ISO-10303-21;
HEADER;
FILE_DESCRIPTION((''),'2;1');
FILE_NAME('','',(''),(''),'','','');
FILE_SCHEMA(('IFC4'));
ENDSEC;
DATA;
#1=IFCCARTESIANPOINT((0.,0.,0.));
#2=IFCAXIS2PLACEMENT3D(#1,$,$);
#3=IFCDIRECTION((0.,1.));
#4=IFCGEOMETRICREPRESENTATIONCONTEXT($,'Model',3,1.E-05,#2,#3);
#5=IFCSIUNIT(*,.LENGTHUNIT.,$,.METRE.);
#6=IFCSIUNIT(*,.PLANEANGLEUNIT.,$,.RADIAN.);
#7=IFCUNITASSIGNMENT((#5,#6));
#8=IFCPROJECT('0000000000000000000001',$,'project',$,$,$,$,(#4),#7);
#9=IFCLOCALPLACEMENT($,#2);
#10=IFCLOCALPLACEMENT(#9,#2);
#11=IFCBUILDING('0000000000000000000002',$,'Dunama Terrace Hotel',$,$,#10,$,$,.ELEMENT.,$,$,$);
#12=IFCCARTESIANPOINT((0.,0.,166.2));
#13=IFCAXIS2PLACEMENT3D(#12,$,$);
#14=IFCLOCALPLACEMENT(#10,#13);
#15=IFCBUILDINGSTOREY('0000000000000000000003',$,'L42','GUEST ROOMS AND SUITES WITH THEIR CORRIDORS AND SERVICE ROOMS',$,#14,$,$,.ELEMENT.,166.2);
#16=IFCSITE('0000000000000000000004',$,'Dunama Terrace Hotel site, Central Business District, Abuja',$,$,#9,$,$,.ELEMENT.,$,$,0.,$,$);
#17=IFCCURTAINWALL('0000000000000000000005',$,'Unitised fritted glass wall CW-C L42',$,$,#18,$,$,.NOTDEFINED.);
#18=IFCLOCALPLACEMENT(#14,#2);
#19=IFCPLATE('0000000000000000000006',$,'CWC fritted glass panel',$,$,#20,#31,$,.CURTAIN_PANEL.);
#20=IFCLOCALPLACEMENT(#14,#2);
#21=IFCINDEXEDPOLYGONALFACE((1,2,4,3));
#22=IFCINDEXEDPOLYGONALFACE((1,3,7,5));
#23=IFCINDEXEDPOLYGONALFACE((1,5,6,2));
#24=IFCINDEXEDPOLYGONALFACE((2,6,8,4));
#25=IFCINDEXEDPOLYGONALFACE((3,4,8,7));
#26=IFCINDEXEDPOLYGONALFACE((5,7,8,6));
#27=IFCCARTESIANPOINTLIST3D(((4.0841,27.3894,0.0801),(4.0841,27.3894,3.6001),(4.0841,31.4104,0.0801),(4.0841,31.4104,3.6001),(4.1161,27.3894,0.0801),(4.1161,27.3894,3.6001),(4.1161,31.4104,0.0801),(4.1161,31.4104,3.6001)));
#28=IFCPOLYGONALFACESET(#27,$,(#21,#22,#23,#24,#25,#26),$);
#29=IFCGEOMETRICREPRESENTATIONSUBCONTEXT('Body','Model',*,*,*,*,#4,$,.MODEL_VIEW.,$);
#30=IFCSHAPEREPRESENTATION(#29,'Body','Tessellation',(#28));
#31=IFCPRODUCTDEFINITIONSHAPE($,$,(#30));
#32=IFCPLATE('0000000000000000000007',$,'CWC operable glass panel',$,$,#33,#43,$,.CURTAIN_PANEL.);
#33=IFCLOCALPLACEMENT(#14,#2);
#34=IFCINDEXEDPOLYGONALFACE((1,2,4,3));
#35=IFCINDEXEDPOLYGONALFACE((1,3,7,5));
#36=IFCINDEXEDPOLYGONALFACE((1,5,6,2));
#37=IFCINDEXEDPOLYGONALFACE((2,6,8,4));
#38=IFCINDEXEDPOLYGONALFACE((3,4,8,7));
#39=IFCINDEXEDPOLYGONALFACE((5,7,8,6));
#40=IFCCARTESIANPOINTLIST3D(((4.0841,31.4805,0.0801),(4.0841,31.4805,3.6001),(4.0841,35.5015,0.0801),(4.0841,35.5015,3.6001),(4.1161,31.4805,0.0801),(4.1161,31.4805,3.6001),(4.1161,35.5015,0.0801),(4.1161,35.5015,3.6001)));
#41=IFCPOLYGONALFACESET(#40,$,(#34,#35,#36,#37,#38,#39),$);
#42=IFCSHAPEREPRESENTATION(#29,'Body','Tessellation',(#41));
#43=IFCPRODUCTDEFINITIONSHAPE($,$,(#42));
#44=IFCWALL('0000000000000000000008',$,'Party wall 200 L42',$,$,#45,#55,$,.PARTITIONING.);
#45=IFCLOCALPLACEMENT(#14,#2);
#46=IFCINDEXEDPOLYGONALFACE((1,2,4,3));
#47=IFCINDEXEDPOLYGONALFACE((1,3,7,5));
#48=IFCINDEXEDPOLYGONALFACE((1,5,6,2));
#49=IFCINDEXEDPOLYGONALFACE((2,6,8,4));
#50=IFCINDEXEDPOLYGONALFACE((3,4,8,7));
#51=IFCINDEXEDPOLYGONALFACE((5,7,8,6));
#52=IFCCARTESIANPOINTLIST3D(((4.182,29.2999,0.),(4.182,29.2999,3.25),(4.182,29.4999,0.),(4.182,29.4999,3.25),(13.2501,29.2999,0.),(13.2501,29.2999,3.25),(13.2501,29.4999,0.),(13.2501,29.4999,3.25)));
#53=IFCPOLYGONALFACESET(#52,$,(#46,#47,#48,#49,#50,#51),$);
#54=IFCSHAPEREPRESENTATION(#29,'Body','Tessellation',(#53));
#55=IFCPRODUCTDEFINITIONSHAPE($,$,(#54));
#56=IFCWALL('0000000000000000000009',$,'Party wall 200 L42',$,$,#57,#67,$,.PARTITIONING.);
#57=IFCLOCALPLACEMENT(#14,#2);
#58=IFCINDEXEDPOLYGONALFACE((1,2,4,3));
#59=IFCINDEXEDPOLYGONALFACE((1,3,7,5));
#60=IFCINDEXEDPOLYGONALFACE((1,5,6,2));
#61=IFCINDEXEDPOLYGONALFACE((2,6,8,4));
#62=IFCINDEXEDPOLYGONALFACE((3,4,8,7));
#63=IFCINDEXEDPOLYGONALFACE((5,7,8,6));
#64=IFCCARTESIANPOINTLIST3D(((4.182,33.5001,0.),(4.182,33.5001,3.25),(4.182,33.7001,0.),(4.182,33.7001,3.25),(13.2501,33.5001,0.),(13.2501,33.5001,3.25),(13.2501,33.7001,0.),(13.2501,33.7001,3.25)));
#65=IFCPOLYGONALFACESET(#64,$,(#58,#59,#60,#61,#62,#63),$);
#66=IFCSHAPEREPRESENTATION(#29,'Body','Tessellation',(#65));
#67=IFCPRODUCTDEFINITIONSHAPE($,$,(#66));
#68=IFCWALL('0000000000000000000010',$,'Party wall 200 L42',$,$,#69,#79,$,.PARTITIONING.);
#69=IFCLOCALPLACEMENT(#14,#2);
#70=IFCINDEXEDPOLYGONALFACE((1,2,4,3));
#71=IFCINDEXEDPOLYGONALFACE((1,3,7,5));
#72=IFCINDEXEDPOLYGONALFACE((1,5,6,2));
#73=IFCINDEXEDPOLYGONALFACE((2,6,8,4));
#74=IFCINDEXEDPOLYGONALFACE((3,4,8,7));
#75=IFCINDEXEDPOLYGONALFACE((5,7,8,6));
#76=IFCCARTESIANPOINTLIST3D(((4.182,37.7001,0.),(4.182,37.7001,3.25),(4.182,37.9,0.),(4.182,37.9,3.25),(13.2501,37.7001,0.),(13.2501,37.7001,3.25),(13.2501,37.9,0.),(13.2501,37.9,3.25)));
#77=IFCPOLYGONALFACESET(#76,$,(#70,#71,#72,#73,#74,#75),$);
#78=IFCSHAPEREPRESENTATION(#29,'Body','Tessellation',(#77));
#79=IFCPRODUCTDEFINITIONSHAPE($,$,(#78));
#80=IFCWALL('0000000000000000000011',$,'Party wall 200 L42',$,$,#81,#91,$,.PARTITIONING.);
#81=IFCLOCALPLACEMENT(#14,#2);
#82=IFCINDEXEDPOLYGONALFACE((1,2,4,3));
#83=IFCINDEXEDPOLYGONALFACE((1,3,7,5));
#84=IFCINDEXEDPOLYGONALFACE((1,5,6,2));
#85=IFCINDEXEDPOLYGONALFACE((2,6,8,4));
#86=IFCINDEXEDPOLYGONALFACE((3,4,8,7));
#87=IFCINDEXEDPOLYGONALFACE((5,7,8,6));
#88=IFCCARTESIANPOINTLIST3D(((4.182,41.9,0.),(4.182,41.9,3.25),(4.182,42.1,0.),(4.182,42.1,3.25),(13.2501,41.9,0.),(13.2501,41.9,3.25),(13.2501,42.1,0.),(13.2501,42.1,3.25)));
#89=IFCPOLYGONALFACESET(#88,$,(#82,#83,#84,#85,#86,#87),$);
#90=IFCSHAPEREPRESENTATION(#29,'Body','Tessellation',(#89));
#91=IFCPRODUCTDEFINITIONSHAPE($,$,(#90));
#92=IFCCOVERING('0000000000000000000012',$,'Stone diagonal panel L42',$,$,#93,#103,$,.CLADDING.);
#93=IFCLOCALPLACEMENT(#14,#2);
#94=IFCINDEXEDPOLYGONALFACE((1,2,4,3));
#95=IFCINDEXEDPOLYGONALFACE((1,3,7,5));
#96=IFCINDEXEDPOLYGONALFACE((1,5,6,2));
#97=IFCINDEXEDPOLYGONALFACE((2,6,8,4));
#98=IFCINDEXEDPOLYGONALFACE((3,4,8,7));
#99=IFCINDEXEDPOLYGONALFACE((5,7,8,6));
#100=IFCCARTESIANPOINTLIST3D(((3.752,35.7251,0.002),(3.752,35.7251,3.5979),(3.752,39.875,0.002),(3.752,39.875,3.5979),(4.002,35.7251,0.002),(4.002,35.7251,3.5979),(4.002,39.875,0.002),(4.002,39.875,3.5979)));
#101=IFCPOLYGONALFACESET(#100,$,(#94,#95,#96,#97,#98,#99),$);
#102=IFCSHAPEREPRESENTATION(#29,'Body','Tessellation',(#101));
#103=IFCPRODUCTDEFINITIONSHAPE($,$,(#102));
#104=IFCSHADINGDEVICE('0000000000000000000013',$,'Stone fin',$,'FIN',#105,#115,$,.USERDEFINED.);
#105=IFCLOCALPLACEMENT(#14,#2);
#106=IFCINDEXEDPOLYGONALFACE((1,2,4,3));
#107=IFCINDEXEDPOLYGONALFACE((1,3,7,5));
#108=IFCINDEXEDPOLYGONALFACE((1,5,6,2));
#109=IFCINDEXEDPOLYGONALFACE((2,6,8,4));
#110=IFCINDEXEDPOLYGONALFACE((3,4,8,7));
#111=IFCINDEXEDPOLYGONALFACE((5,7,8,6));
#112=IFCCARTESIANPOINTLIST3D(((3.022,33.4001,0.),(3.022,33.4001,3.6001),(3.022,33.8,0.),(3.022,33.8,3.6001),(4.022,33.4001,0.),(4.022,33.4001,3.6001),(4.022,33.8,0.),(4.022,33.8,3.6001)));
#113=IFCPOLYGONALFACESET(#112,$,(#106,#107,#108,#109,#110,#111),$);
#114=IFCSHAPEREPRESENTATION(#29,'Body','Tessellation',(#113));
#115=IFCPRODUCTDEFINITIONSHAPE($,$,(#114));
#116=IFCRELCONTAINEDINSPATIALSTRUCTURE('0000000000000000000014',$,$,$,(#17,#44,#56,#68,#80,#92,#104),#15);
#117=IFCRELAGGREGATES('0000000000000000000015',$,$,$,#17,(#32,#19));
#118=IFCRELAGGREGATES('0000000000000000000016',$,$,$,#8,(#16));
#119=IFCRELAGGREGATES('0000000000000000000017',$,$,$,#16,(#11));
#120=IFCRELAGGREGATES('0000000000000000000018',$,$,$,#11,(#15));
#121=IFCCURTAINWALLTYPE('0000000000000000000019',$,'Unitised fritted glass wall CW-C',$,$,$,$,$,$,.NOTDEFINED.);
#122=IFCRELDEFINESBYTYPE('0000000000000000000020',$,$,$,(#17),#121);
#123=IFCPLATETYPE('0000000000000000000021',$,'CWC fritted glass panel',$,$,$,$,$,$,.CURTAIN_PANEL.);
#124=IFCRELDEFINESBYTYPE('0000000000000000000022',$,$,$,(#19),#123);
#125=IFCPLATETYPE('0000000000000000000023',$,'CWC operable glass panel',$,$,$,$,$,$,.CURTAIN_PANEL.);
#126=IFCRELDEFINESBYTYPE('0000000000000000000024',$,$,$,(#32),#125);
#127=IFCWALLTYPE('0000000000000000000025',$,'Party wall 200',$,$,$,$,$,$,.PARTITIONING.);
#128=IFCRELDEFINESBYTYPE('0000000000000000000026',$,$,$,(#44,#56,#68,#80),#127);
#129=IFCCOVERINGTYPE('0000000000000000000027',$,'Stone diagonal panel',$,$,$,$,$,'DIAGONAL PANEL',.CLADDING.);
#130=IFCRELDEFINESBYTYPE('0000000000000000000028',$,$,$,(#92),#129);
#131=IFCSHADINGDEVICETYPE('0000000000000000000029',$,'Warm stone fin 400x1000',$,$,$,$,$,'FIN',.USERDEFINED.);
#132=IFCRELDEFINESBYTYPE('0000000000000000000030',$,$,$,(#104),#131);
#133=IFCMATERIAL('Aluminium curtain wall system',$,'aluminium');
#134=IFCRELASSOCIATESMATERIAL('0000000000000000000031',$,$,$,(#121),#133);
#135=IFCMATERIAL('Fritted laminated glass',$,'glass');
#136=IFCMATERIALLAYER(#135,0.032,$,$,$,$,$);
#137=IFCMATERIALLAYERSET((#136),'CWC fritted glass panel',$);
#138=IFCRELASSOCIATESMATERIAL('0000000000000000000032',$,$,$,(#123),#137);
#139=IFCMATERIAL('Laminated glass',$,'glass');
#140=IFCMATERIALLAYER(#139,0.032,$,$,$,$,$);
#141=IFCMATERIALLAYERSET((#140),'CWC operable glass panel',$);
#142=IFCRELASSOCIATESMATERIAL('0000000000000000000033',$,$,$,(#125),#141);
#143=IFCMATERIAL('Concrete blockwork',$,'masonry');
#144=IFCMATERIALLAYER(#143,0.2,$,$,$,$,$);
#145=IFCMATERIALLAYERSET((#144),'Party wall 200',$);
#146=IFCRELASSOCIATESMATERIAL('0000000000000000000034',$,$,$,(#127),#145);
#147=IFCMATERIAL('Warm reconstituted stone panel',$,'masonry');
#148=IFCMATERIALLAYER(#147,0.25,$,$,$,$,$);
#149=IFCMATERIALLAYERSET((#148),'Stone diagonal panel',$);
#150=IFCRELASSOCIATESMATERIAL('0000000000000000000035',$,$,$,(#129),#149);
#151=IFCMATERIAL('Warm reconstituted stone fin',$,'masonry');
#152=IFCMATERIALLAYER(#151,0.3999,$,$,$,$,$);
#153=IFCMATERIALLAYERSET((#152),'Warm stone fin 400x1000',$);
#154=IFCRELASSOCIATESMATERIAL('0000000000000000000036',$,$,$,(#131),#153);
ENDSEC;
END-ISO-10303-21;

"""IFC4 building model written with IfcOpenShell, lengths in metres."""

from ifc_helpers import new_model, si_unit, direction, frame, frame_2d, origin, origin_2d, place, context, subcontext, project, spatial, rectangle, extrude, material, layer, layer_set, type_object, element, aggregate, save


model = new_model("IFC4")

# Units and contexts
model_context = context("Model", 3, precision=1e-05, world=origin(), true_north=direction((0.0, 1.0)))
body_context = subcontext(model_context, "Body", "Model", "MODEL_VIEW")
ifc_project = project(units=[si_unit("LENGTHUNIT", "METRE"), si_unit("PLANEANGLEUNIT", "RADIAN")], contexts=[model_context])

# Site, building, storey
site_placement = place(None, origin())
site = spatial("IfcSite", under=ifc_project, at=site_placement, Name="Dunama Terrace Hotel site, Central Business District, Abuja", CompositionType="ELEMENT", RefElevation=0.0)
building_placement = place(site_placement, origin())
building = spatial("IfcBuilding", under=site, at=building_placement, Name="Dunama Terrace Hotel", CompositionType="ELEMENT")
storey_placement = place(building_placement, frame((0.0, 0.0, 166.2)))
storey = spatial("IfcBuildingStorey", under=building, at=storey_placement, Name="L42", Description="GUEST ROOMS AND SUITES WITH THEIR CORRIDORS AND SERVICE ROOMS", CompositionType="ELEMENT", Elevation=166.2)

# Curtain wall, plates
ifc_material_1 = material(Name="Aluminium curtain wall system", Category="aluminium")
curtain_wall_type = type_object("IfcCurtainWallType", Name="Unitised fritted glass wall CW-C", PredefinedType="NOTDEFINED", material=ifc_material_1)
curtain_wall_placement = place(storey_placement, origin())
curtain_wall = element("IfcCurtainWall", 1, at=curtain_wall_placement, inside=storey, type_object=curtain_wall_type, Name="Unitised fritted glass wall CW-C L42", PredefinedType="NOTDEFINED")
ifc_material_2 = material(Name="Fritted laminated glass", Category="glass")
ifc_layer_1 = layer(ifc_material_2, 0.032)
ifc_layer_set_1 = layer_set([ifc_layer_1], Name="CWC fritted glass panel")
plate_type_1 = type_object("IfcPlateType", Name="CWC fritted glass panel", PredefinedType="CURTAIN_PANEL", material=ifc_layer_set_1)
plate_1_placement = place(storey_placement, frame((4.1001, 29.3999, 0.0801), z_axis=(0.0, 0.0, 1.0), x_axis=(0.0, -1.0, 0.0)))
plate_1 = element("IfcPlate", 2, at=plate_1_placement, type_object=plate_type_1, Name="CWC fritted glass panel", PredefinedType="CURTAIN_PANEL", context=body_context, shape_type="SweptSolid", body=[
    extrude(rectangle(XDim=4.021, YDim=0.032, at=origin_2d()), origin(), (0.0, 0.0, 1.0), 3.52),
])
ifc_material_3 = material(Name="Laminated glass", Category="glass")
ifc_layer_2 = layer(ifc_material_3, 0.032)
ifc_layer_set_2 = layer_set([ifc_layer_2], Name="CWC operable glass panel")
plate_type_2 = type_object("IfcPlateType", Name="CWC operable glass panel", PredefinedType="CURTAIN_PANEL", material=ifc_layer_set_2)
plate_2_placement = place(storey_placement, frame((4.1001, 33.491, 0.0801), z_axis=(0.0, 0.0, 1.0), x_axis=(0.0, -1.0, 0.0)))
plate_2 = element("IfcPlate", 3, at=plate_2_placement, type_object=plate_type_2, Name="CWC operable glass panel", PredefinedType="CURTAIN_PANEL", context=body_context, shape_type="SweptSolid", body=[
    extrude(rectangle(XDim=4.021, YDim=0.032, at=origin_2d()), origin(), (0.0, 0.0, 1.0), 3.52),
])
aggregate(curtain_wall, [plate_2, plate_1])

# Walls
ifc_material_4 = material(Name="Concrete blockwork", Category="masonry")
ifc_layer_3 = layer(ifc_material_4, 0.2)
ifc_layer_set_3 = layer_set([ifc_layer_3], Name="Party wall 200")
wall_type = type_object("IfcWallType", Name="Party wall 200", PredefinedType="PARTITIONING", material=ifc_layer_set_3)
for number, where, z_axis, x_axis, name in (
    (4, (4.1819, 29.3999, 0.0), (0.0, 0.0, 1.0), (1.0, 0.0, 0.0), "Party wall 200 L42"),
    (5, (4.1819, 33.6001, 0.0), (0.0, 0.0, 1.0), (1.0, 0.0, 0.0), "Party wall 200 L42"),
    (6, (4.1819, 37.8, 0.0), (0.0, 0.0, 1.0), (1.0, 0.0, 0.0), "Party wall 200 L42"),
    (7, (4.1819, 42.0, 0.0), (0.0, 0.0, 1.0), (1.0, 0.0, 0.0), "Party wall 200 L42"),
):
    element("IfcWall", number, at=place(storey_placement, frame(where, z_axis=z_axis, x_axis=x_axis)), inside=storey, type_object=wall_type, Name=name, PredefinedType="PARTITIONING", context=body_context, shape_type="SweptSolid", body=[
        extrude(rectangle(XDim=9.0681, YDim=0.2, at=frame_2d((4.5342, 0.0))), origin(), (0.0, 0.0, 1.0), 3.25),
    ])

# Covering
ifc_material_5 = material(Name="Warm reconstituted stone panel", Category="masonry")
ifc_layer_4 = layer(ifc_material_5, 0.25)
ifc_layer_set_4 = layer_set([ifc_layer_4], Name="Stone diagonal panel")
covering_type = type_object("IfcCoveringType", Name="Stone diagonal panel", ElementType="DIAGONAL PANEL", PredefinedType="CLADDING", material=ifc_layer_set_4)
covering_placement = place(storey_placement, frame((3.877, 37.8, 0.002), z_axis=(0.0, 0.0, 1.0), x_axis=(0.0, -1.0, 0.0)))
element("IfcCovering", 8, at=covering_placement, inside=storey, type_object=covering_type, Name="Stone diagonal panel L42", PredefinedType="CLADDING", context=body_context, shape_type="SweptSolid", body=[
    extrude(rectangle(XDim=4.1499, YDim=0.25, at=origin_2d()), origin(), (0.0, 0.0, 1.0), 3.5959),
])

# Shading device
ifc_material_6 = material(Name="Warm reconstituted stone fin", Category="masonry")
ifc_layer_5 = layer(ifc_material_6, 0.3999)
ifc_layer_set_5 = layer_set([ifc_layer_5], Name="Warm stone fin 400x1000")
shading_device_type = type_object("IfcShadingDeviceType", Name="Warm stone fin 400x1000", ElementType="FIN", PredefinedType="USERDEFINED", material=ifc_layer_set_5)
shading_device_placement = place(storey_placement, frame((3.522, 33.6001, 0.0), z_axis=(0.0, 0.0, 1.0), x_axis=(0.0, -1.0, 0.0)))
element("IfcShadingDevice", 9, at=shading_device_placement, inside=storey, type_object=shading_device_type, Name="Stone fin", ObjectType="FIN", PredefinedType="USERDEFINED", context=body_context, shape_type="SweptSolid", body=[
    extrude(rectangle(XDim=0.3999, YDim=1.0, at=origin_2d()), origin(), (0.0, 0.0, 1.0), 3.6001),
])

save(model, "model.ifc")
